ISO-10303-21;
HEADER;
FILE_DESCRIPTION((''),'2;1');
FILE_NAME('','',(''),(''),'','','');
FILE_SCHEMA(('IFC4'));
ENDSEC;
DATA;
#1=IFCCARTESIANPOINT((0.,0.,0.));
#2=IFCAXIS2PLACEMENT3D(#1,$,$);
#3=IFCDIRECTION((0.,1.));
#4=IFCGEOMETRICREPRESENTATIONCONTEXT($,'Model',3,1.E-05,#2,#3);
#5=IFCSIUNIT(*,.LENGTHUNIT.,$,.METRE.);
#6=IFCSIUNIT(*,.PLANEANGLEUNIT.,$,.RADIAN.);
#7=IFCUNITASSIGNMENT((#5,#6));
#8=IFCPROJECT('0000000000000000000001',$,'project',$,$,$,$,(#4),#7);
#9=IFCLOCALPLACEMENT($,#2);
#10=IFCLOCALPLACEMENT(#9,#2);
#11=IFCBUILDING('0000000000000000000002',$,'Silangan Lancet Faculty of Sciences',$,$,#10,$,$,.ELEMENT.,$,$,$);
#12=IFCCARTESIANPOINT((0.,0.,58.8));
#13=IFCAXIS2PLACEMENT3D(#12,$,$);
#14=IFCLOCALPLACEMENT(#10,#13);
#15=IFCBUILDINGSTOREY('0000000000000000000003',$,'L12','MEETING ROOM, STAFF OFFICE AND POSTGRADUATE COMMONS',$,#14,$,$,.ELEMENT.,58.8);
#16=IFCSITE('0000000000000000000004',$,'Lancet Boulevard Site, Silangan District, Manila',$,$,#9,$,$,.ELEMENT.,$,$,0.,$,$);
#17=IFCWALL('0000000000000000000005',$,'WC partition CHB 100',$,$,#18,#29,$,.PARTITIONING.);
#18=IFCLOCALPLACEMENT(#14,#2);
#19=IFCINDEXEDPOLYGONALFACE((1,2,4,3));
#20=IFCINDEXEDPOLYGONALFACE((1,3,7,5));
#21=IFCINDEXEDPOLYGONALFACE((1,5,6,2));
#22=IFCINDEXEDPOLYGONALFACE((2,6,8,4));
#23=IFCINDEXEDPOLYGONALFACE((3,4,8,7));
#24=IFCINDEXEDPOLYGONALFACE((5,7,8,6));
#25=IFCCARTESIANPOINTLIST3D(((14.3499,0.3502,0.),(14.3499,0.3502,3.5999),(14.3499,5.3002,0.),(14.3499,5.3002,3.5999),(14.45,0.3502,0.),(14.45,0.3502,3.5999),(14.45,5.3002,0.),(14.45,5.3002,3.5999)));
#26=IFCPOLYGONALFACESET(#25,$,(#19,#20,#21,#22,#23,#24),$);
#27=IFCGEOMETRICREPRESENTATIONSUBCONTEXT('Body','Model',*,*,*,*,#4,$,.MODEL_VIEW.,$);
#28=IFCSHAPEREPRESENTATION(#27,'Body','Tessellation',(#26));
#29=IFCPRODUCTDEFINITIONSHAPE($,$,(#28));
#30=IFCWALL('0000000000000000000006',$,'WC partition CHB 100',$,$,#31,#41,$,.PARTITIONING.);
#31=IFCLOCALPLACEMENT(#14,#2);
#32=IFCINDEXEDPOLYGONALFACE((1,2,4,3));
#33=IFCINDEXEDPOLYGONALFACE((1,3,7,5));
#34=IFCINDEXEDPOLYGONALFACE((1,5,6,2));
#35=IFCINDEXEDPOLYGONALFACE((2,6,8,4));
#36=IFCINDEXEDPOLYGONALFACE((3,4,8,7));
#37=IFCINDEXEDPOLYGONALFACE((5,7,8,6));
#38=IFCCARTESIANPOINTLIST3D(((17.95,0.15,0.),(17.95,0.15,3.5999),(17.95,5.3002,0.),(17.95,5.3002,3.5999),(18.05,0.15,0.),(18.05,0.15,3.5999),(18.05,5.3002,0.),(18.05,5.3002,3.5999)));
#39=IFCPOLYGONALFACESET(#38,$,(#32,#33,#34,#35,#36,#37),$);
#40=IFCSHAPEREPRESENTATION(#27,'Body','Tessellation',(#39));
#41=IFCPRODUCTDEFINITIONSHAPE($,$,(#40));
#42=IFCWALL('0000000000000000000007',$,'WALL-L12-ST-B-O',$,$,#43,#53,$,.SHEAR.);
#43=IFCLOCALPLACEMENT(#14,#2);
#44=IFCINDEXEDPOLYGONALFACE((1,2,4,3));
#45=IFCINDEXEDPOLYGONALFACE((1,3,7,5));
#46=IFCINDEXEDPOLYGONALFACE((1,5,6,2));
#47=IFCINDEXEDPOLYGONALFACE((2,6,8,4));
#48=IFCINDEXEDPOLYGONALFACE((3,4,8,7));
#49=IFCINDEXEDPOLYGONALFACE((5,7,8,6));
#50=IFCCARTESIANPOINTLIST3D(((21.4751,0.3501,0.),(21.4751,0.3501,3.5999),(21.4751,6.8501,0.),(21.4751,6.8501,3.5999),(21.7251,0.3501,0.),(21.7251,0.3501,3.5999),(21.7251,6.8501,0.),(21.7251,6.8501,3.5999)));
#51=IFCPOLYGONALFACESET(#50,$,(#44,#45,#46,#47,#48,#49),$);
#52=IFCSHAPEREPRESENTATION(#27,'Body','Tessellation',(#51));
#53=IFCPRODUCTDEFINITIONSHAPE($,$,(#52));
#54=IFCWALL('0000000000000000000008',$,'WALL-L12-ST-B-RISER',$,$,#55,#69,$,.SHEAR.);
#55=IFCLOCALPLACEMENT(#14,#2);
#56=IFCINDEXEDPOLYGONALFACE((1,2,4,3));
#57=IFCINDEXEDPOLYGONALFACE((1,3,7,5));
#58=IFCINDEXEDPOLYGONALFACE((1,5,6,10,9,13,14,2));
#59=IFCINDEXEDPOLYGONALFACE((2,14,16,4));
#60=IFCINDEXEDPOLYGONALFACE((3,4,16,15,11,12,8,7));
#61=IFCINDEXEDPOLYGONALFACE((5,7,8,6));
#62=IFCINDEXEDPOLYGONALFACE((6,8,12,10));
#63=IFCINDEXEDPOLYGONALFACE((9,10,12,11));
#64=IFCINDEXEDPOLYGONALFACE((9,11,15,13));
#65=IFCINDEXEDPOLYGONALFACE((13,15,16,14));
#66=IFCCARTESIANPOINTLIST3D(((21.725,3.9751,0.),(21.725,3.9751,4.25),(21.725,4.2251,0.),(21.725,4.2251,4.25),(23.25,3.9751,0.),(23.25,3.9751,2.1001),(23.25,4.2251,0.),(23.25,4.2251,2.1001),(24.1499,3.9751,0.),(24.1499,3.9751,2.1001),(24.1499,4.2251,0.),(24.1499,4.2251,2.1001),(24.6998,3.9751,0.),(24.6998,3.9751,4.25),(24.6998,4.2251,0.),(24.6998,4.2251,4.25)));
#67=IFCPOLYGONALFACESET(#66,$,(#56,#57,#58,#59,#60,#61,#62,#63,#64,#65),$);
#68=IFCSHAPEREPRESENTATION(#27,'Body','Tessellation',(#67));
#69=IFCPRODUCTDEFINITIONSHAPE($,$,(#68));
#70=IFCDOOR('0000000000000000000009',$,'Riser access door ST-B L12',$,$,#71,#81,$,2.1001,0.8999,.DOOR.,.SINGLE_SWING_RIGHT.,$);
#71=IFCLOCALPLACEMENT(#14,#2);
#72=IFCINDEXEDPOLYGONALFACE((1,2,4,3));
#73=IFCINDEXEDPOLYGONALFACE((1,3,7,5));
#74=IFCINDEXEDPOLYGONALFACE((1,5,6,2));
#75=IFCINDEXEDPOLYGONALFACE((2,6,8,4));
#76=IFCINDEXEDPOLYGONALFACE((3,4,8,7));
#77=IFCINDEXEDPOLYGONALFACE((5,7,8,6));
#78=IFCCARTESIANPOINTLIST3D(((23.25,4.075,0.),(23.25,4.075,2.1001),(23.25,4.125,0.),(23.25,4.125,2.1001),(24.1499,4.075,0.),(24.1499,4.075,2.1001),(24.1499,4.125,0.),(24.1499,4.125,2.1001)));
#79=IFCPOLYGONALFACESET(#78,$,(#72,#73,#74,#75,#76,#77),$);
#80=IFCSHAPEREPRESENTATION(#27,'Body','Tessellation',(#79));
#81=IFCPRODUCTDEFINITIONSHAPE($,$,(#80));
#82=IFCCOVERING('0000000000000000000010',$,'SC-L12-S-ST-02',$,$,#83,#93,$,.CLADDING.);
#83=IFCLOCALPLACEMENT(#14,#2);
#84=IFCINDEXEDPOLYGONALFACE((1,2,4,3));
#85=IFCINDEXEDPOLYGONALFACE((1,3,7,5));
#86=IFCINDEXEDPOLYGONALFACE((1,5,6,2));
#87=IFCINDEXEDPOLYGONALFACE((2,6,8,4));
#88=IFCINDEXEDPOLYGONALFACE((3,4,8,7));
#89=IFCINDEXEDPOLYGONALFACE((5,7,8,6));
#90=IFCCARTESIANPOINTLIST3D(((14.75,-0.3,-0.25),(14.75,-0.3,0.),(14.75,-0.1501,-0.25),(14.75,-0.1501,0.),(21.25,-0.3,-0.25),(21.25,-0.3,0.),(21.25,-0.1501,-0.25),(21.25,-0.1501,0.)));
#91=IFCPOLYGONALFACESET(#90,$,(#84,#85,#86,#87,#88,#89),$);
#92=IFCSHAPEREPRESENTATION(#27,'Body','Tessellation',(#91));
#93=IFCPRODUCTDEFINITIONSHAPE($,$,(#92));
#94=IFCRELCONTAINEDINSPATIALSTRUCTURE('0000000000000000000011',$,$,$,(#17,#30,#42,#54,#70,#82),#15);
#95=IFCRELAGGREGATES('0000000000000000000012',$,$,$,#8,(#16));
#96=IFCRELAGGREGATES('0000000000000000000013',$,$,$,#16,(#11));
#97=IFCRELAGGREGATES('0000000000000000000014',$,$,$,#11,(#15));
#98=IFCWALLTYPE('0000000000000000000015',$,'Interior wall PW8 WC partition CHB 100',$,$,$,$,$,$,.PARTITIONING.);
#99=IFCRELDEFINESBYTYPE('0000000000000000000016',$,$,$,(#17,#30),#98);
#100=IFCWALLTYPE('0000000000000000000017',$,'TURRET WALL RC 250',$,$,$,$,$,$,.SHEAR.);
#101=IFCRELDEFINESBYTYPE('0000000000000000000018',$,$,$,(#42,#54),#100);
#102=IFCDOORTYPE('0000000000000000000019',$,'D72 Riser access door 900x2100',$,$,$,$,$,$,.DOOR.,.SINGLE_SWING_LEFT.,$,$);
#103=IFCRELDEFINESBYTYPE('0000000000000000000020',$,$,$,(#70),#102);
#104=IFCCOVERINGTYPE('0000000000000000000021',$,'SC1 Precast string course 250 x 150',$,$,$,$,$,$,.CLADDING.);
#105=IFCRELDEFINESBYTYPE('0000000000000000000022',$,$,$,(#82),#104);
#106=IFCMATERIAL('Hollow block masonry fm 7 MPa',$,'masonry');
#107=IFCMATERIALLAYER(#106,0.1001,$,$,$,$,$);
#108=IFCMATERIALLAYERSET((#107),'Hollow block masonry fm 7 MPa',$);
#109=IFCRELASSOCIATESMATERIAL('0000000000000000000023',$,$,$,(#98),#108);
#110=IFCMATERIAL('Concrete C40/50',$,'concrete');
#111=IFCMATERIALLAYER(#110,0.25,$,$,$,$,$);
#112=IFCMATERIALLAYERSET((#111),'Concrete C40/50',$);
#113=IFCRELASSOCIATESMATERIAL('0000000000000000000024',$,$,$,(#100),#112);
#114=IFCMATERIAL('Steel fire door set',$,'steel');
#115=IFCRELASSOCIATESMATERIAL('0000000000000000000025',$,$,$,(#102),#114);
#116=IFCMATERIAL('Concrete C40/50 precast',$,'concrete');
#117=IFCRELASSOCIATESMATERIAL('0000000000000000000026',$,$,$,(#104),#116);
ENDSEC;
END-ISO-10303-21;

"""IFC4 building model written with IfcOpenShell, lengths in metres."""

from ifc_helpers import new_model, si_unit, direction, frame, frame_2d, origin, origin_2d, place, context, subcontext, project, spatial, rectangle, extrude, material, layer, layer_set, type_object, element, fill, save


model = new_model("IFC4")

# Units and contexts
model_context = context("Model", 3, precision=1e-05, world=origin(), true_north=direction((0.0, 1.0)))
body_context = subcontext(model_context, "Body", "Model", "MODEL_VIEW")
ifc_project = project(units=[si_unit("LENGTHUNIT", "METRE"), si_unit("PLANEANGLEUNIT", "RADIAN")], contexts=[model_context])

# Site, building, storey
site_placement = place(None, origin())
site = spatial("IfcSite", under=ifc_project, at=site_placement, Name="Lancet Boulevard Site, Silangan District, Manila", CompositionType="ELEMENT", RefElevation=0.0)
building_placement = place(site_placement, origin())
building = spatial("IfcBuilding", under=site, at=building_placement, Name="Silangan Lancet Faculty of Sciences", CompositionType="ELEMENT")
storey_placement = place(building_placement, frame((0.0, 0.0, 58.8)))
storey = spatial("IfcBuildingStorey", under=building, at=storey_placement, Name="L12", Description="MEETING ROOM, STAFF OFFICE AND POSTGRADUATE COMMONS", CompositionType="ELEMENT", Elevation=58.8)

# Walls
ifc_material_1 = material(Name="Hollow block masonry fm 7 MPa", Category="masonry")
ifc_layer_1 = layer(ifc_material_1, 0.1001)
ifc_layer_set_1 = layer_set([ifc_layer_1], Name="Hollow block masonry fm 7 MPa")
wall_type_1 = type_object("IfcWallType", Name="Interior wall PW8 WC partition CHB 100", PredefinedType="PARTITIONING", material=ifc_layer_set_1)
wall_1_placement = place(storey_placement, frame((14.3999, 0.3501, 0.0), z_axis=(0.0, 0.0, 1.0), x_axis=(0.0, 1.0, 0.0)))
element("IfcWall", 1, at=wall_1_placement, inside=storey, type_object=wall_type_1, Name="WC partition CHB 100", PredefinedType="PARTITIONING", context=body_context, shape_type="SweptSolid", body=[
    extrude(rectangle(XDim=4.95, YDim=0.1001, at=frame_2d((2.4751, 0.0))), origin(), (0.0, 0.0, 1.0), 3.5999),
])
wall_2_placement = place(storey_placement, frame((18.0, 0.1499, 0.0), z_axis=(0.0, 0.0, 1.0), x_axis=(0.0, 1.0, 0.0)))
element("IfcWall", 2, at=wall_2_placement, inside=storey, type_object=wall_type_1, Name="WC partition CHB 100", PredefinedType="PARTITIONING", context=body_context, shape_type="SweptSolid", body=[
    extrude(rectangle(XDim=5.1501, YDim=0.1001, at=frame_2d((2.5752, 0.0))), origin(), (0.0, 0.0, 1.0), 3.5999),
])
ifc_material_2 = material(Name="Concrete C40/50", Category="concrete")
ifc_layer_2 = layer(ifc_material_2, 0.25)
ifc_layer_set_2 = layer_set([ifc_layer_2], Name="Concrete C40/50")
wall_type_2 = type_object("IfcWallType", Name="TURRET WALL RC 250", PredefinedType="SHEAR", material=ifc_layer_set_2)
wall_3_placement = place(storey_placement, frame((21.6001, 0.3501, 0.0), z_axis=(0.0, 0.0, 1.0), x_axis=(0.0, 1.0, 0.0)))
element("IfcWall", 3, at=wall_3_placement, inside=storey, type_object=wall_type_2, Name="WALL-L12-ST-B-O", PredefinedType="SHEAR", context=body_context, shape_type="SweptSolid", body=[
    extrude(rectangle(XDim=6.5, YDim=0.25, at=frame_2d((3.25, 0.0))), origin(), (0.0, 0.0, 1.0), 3.5999),
])

# Wall, opening, door
wall_4_placement = place(storey_placement, frame((21.7251, 4.1001, 0.0), z_axis=(0.0, 0.0, 1.0), x_axis=(1.0, 0.0, 0.0)))
wall_4 = element("IfcWall", 4, at=wall_4_placement, inside=storey, type_object=wall_type_2, Name="WALL-L12-ST-B-RISER", PredefinedType="SHEAR", context=body_context, shape_type="SweptSolid", body=[
    extrude(rectangle(XDim=2.9749, YDim=0.25, at=frame_2d((1.4873, 0.0))), origin(), (0.0, 0.0, 1.0), 4.25),
])
opening_1_placement = place(wall_4_placement, frame((1.5249, 0.0, 0.0)))
opening_1 = element("IfcOpeningElement", 5, at=opening_1_placement, cuts=wall_4, PredefinedType="OPENING", context=body_context, shape_type="SweptSolid", body=[
    extrude(rectangle(XDim=0.8999, YDim=2.1001, at=frame_2d((0.45, 1.05))), frame((0.0, 0.135, 0.0), z_axis=(0.0, -1.0, 0.0), x_axis=(1.0, 0.0, 0.0)), (0.0, 0.0, 1.0), 0.27),
])
ifc_material_3 = material(Name="Steel fire door set", Category="steel")
door_type = type_object("IfcDoorType", Name="D72 Riser access door 900x2100", OperationType="SINGLE_SWING_LEFT", PredefinedType="DOOR", material=ifc_material_3)
door_placement = place(opening_1_placement, frame((0.8999, 0.0, 0.0), z_axis=(0.0, 0.0, 1.0), x_axis=(-1.0, 0.0, 0.0)))
door = element("IfcDoor", 6, at=door_placement, inside=storey, type_object=door_type, Name="Riser access door ST-B L12", OperationType="SINGLE_SWING_RIGHT", OverallHeight=2.1001, OverallWidth=0.8999, PredefinedType="DOOR", context=body_context, shape_type="SweptSolid", body=[
    extrude(rectangle(XDim=0.8999, YDim=2.1001, at=frame_2d((0.45, 1.05))), frame((0.0, 0.0251, 0.0), z_axis=(0.0, -1.0, 0.0), x_axis=(1.0, 0.0, 0.0)), (0.0, 0.0, 1.0), 0.05),
])
fill(opening_1, door)

# Covering
ifc_material_4 = material(Name="Concrete C40/50 precast", Category="concrete")
covering_type = type_object("IfcCoveringType", Name="SC1 Precast string course 250 x 150", PredefinedType="CLADDING", material=ifc_material_4)
covering_placement = place(storey_placement, frame((18.0, -0.2251, -0.25), z_axis=(0.0, 0.0, 1.0), x_axis=(1.0, 0.0, 0.0)))
element("IfcCovering", 7, at=covering_placement, inside=storey, type_object=covering_type, Name="SC-L12-S-ST-02", PredefinedType="CLADDING", context=body_context, shape_type="SweptSolid", body=[
    extrude(rectangle(XDim=6.5, YDim=0.1499, at=origin_2d()), origin(), (0.0, 0.0, 1.0), 0.25),
])

save(model, "model.ifc")
